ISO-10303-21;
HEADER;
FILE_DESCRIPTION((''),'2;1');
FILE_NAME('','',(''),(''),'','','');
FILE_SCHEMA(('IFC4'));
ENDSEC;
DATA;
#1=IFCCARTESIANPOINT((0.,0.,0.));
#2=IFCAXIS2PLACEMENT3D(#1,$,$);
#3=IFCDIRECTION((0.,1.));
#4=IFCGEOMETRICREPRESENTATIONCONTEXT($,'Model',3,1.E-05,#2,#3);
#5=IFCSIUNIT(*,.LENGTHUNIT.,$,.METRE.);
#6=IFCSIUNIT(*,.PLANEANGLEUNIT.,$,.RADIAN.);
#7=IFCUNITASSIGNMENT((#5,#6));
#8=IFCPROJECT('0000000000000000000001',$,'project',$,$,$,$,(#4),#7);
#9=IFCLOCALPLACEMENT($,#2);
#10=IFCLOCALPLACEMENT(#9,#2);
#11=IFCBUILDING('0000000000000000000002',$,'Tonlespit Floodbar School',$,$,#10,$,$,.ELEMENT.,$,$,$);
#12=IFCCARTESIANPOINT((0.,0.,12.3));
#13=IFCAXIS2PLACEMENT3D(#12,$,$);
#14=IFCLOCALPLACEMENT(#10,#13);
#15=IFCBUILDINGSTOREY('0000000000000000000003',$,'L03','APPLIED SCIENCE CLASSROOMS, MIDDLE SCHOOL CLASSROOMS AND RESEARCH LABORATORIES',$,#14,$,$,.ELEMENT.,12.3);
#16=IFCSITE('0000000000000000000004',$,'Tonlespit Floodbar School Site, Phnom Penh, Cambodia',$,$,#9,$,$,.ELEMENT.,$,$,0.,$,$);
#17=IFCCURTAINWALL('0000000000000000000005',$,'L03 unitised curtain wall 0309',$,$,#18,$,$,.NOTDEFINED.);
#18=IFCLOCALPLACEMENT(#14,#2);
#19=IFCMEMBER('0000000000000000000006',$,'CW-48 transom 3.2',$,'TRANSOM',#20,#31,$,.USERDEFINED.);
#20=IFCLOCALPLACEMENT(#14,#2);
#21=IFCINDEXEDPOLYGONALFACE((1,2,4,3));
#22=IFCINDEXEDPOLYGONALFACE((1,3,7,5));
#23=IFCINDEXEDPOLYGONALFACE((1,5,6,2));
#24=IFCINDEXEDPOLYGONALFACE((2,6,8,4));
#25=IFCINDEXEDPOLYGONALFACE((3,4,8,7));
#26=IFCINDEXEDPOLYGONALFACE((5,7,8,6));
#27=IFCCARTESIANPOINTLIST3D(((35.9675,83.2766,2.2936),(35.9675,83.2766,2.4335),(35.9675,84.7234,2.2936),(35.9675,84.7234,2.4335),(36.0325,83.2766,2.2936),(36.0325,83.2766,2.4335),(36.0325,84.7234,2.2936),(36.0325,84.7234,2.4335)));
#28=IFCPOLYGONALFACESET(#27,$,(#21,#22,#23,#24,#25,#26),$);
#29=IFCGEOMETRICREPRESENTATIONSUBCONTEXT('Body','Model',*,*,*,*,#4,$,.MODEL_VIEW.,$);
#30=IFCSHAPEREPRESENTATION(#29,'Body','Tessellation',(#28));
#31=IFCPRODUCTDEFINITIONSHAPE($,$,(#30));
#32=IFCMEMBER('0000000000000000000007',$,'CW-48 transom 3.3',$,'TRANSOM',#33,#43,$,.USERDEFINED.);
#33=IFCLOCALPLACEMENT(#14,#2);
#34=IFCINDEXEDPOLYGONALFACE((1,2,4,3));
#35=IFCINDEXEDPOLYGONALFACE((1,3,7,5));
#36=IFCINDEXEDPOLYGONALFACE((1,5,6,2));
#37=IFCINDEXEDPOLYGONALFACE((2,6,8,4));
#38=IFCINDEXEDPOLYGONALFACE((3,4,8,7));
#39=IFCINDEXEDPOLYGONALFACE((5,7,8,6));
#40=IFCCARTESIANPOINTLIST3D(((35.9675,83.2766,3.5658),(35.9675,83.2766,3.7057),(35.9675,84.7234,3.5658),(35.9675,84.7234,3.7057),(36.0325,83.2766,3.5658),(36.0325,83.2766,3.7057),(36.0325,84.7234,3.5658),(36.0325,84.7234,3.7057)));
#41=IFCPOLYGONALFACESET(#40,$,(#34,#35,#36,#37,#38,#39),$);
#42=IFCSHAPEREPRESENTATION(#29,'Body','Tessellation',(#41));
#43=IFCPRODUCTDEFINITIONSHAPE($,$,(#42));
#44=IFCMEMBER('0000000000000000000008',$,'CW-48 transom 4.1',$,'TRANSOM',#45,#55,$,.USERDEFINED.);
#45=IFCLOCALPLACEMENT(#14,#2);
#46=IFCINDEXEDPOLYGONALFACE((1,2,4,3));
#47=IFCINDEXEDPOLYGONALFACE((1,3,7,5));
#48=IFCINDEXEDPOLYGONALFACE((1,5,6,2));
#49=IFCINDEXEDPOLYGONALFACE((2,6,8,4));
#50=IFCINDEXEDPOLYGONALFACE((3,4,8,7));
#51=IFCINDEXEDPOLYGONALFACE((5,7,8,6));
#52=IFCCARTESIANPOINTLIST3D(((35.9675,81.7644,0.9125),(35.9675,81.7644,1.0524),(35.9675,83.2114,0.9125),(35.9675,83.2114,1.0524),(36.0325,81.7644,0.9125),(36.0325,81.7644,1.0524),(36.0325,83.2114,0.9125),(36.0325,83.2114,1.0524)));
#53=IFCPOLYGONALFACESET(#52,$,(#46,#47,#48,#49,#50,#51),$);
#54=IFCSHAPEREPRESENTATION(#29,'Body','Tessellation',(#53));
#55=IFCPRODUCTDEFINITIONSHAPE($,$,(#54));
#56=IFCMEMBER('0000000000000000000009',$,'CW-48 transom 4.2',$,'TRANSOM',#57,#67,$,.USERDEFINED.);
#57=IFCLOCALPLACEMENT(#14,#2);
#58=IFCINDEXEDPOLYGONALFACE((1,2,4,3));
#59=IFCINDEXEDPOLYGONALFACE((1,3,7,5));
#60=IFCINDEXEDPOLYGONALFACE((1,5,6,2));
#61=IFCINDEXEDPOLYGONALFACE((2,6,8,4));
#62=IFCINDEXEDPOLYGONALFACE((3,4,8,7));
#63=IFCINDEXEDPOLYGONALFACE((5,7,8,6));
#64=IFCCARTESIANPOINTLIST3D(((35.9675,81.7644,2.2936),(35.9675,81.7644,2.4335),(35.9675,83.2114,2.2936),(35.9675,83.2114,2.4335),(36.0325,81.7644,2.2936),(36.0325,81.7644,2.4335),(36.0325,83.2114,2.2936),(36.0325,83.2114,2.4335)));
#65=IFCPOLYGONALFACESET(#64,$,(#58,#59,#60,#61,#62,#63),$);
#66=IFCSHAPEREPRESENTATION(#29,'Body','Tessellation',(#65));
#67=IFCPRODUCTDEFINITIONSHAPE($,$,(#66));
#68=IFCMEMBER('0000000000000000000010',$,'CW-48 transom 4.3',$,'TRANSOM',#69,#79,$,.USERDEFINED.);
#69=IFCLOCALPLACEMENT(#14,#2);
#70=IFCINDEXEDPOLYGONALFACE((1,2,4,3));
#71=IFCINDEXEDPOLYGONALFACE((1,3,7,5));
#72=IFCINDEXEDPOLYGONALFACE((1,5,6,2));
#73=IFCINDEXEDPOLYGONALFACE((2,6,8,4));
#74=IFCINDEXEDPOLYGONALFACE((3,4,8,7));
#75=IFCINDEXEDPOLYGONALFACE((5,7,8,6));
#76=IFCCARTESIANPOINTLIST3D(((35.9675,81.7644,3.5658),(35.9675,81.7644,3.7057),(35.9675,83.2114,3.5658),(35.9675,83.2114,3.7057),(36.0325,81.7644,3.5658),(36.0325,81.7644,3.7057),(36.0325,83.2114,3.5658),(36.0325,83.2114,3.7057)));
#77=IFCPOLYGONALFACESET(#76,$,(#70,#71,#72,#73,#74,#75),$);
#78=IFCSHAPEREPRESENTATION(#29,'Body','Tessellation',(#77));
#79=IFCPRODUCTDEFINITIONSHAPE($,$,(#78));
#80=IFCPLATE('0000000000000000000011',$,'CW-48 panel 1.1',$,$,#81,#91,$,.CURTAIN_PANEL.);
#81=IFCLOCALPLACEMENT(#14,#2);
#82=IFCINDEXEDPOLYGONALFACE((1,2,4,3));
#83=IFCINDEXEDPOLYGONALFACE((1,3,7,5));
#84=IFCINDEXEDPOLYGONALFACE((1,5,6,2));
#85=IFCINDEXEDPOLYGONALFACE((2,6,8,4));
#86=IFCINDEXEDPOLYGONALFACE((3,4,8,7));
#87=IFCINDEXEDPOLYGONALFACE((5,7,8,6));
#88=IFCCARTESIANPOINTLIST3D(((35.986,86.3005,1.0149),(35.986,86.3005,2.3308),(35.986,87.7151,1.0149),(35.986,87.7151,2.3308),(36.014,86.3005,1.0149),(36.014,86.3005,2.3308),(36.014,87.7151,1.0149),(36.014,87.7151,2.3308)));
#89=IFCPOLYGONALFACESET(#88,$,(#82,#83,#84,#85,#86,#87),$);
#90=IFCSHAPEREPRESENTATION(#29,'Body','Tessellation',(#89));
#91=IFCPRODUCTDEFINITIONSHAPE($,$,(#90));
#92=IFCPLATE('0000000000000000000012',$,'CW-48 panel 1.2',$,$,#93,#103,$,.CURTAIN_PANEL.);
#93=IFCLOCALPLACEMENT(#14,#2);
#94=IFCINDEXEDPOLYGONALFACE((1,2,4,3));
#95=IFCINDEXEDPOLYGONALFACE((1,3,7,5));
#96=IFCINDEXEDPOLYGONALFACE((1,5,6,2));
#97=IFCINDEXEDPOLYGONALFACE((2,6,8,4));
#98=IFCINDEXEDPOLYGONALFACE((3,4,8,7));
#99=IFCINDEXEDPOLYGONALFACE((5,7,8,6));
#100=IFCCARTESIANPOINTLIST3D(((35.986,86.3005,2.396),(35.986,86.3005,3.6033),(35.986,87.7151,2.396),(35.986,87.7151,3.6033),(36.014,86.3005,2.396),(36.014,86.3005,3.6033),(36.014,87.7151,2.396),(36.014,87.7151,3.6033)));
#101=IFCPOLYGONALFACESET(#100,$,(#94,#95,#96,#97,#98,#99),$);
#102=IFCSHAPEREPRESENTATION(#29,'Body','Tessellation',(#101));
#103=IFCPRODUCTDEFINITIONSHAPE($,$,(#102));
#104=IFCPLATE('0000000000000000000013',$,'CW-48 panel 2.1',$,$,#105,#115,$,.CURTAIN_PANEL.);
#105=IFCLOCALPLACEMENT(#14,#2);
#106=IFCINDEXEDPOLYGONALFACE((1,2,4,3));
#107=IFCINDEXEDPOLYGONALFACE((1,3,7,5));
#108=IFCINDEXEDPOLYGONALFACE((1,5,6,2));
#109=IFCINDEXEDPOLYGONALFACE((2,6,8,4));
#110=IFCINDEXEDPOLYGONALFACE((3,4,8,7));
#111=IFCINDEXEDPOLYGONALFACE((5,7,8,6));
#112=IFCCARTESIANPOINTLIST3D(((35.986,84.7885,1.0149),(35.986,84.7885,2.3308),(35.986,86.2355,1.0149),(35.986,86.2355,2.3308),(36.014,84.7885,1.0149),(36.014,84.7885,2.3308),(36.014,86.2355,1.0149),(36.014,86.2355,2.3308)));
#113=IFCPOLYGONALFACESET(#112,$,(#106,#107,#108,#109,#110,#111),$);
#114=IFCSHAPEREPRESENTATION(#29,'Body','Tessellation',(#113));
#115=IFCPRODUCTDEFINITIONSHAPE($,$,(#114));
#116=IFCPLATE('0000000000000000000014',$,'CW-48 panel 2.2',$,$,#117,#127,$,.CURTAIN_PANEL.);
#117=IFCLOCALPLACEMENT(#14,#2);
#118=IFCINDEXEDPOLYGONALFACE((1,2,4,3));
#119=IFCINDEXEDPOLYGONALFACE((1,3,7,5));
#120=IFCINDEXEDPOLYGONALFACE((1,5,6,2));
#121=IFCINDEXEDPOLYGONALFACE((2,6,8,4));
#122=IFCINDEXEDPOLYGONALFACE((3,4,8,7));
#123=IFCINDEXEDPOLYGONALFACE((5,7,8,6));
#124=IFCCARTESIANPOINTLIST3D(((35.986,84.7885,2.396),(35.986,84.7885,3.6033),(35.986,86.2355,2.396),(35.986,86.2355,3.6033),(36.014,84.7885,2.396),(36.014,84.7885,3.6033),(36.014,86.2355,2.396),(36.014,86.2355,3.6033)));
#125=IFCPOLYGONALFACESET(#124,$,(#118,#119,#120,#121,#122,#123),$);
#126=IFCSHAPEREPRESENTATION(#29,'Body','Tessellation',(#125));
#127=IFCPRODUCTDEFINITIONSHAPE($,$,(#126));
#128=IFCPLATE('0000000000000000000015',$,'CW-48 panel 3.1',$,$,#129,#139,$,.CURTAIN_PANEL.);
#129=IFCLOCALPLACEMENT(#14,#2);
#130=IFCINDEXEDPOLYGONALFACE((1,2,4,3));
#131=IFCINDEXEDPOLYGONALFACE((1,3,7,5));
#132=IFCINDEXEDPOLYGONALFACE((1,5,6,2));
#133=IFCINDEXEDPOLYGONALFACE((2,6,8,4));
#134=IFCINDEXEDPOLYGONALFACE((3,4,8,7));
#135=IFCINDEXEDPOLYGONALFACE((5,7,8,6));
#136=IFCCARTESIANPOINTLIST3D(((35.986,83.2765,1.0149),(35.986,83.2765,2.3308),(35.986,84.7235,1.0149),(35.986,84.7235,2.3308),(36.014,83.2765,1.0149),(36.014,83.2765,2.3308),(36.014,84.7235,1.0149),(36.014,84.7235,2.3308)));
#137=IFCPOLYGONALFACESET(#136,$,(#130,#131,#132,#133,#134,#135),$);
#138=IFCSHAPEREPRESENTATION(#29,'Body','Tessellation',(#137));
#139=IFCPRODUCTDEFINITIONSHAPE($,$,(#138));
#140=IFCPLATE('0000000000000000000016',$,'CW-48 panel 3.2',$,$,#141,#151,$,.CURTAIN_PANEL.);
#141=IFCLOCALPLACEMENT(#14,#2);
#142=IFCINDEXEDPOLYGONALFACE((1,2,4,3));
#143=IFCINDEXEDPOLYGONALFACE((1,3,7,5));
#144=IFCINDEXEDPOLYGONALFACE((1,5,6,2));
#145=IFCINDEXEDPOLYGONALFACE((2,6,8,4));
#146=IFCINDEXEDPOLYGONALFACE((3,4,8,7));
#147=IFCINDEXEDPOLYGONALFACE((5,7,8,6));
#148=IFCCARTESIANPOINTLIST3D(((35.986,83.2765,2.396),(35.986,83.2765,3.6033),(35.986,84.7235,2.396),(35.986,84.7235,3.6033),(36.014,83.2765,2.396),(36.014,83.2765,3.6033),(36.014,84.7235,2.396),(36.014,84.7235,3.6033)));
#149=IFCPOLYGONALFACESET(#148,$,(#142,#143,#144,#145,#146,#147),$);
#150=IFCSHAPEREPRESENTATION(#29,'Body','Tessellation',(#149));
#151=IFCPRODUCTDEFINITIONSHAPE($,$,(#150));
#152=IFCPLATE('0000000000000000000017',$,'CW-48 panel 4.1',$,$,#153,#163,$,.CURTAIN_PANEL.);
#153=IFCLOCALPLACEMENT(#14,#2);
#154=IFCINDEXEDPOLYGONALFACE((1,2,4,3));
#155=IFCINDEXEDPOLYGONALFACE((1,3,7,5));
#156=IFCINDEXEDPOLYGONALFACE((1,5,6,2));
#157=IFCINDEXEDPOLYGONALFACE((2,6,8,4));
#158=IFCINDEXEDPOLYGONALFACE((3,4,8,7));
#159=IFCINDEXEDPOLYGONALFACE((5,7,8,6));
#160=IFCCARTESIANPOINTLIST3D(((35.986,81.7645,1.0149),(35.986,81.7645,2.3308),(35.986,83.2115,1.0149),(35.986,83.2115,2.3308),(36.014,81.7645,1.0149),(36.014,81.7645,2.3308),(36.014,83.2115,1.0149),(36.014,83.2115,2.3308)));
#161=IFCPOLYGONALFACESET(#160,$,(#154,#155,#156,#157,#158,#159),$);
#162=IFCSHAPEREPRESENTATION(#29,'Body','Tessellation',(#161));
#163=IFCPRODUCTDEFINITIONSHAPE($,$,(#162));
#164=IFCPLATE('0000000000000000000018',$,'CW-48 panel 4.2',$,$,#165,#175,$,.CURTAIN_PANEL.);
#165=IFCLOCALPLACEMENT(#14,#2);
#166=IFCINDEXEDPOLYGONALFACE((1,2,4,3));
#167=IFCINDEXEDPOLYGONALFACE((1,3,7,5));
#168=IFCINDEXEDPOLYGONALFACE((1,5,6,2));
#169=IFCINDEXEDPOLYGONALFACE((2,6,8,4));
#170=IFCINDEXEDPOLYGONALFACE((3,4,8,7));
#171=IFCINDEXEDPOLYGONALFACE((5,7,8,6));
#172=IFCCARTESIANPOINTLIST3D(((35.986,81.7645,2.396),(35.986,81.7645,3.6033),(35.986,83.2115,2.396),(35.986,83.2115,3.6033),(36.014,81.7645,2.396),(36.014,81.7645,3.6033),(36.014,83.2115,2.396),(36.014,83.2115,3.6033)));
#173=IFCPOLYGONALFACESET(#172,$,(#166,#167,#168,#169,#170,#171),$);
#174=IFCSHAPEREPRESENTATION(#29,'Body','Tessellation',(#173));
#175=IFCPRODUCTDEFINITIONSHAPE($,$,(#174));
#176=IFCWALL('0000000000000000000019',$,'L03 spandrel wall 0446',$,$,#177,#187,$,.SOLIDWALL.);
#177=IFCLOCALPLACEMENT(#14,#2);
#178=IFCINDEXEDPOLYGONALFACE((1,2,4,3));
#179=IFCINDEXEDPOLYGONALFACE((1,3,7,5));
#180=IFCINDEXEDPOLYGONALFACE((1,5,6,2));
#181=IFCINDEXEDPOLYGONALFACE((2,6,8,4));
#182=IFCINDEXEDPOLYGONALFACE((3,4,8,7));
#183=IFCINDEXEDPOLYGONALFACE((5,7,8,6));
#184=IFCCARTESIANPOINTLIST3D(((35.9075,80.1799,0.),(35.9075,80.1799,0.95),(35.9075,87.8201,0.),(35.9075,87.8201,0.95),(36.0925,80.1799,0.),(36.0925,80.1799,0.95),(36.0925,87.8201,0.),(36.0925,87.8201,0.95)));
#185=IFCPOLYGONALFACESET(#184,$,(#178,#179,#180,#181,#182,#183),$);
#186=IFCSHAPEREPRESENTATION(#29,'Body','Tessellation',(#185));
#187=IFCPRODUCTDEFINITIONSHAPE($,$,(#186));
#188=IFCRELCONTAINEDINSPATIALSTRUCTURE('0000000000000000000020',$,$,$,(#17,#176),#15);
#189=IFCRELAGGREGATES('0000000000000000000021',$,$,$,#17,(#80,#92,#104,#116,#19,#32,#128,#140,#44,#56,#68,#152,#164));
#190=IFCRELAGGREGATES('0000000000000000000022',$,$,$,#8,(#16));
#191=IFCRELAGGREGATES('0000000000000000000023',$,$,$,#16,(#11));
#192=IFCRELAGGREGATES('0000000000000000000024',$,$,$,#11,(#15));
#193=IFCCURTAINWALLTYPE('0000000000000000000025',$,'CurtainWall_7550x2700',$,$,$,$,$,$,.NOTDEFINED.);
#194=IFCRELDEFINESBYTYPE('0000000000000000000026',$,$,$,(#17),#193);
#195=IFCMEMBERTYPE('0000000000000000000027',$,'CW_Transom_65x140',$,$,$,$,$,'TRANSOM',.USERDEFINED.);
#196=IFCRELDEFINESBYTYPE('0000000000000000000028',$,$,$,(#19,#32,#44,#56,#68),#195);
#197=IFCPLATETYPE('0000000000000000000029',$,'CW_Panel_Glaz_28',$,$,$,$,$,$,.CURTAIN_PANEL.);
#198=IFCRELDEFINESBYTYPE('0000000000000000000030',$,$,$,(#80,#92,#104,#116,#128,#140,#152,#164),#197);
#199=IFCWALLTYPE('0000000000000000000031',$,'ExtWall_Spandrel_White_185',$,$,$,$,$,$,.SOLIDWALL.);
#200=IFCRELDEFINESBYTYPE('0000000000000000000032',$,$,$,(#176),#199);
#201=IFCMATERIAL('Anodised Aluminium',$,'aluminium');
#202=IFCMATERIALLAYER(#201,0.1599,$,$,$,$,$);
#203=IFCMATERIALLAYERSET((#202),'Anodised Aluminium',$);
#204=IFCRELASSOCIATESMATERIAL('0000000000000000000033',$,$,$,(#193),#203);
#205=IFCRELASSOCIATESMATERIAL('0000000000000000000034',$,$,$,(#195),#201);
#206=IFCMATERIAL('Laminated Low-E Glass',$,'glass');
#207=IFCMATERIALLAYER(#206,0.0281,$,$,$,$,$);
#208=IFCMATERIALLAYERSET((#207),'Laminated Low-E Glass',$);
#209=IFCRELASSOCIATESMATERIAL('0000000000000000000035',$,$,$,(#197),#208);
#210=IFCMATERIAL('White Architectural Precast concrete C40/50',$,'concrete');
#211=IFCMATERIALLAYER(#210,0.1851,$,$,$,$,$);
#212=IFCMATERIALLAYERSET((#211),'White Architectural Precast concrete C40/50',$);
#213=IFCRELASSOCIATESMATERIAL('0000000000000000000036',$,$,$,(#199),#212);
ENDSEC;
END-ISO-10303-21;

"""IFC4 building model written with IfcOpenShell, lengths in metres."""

from ifc_helpers import new_model, si_unit, direction, frame, frame_2d, origin, origin_2d, place, context, subcontext, project, spatial, rectangle, extrude, material, layer, layer_set, material_profile, profile_set, type_object, element, aggregate, save


model = new_model("IFC4")

# Units and contexts
model_context = context("Model", 3, precision=1e-05, world=origin(), true_north=direction((0.0, 1.0)))
body_context = subcontext(model_context, "Body", "Model", "MODEL_VIEW")
ifc_project = project(units=[si_unit("LENGTHUNIT", "METRE"), si_unit("PLANEANGLEUNIT", "RADIAN")], contexts=[model_context])

# Site, building, storey
site_placement = place(None, origin())
site = spatial("IfcSite", under=ifc_project, at=site_placement, Name="Tonlespit Floodbar School Site, Phnom Penh, Cambodia", CompositionType="ELEMENT", RefElevation=0.0)
building_placement = place(site_placement, origin())
building = spatial("IfcBuilding", under=site, at=building_placement, Name="Tonlespit Floodbar School", CompositionType="ELEMENT")
storey_placement = place(building_placement, frame((0.0, 0.0, 12.3)))
storey = spatial("IfcBuildingStorey", under=building, at=storey_placement, Name="L03", Description="APPLIED SCIENCE CLASSROOMS, MIDDLE SCHOOL CLASSROOMS AND RESEARCH LABORATORIES", CompositionType="ELEMENT", Elevation=12.3)

# Curtain wall, members, plates
ifc_material_1 = material(Name="Anodised Aluminium", Category="aluminium")
ifc_layer_1 = layer(ifc_material_1, 0.1599)
ifc_layer_set_1 = layer_set([ifc_layer_1], Name="Anodised Aluminium")
curtain_wall_type = type_object("IfcCurtainWallType", Name="CurtainWall_7550x2700", PredefinedType="NOTDEFINED", material=ifc_layer_set_1)
curtain_wall_placement = place(storey_placement, origin())
curtain_wall = element("IfcCurtainWall", 1, at=curtain_wall_placement, inside=storey, type_object=curtain_wall_type, Name="L03 unitised curtain wall 0309", PredefinedType="NOTDEFINED")
ifc_material_profile_1 = material_profile(ifc_material_1, rectangle(XDim=0.0649, YDim=0.1399, at=origin_2d()), Name="ALU T65x140")
ifc_profile_set_1 = profile_set([ifc_material_profile_1], Name="Anodised Aluminium")
member_type_1 = type_object("IfcMemberType", Name="CW_Transom_65x140", ElementType="TRANSOM", PredefinedType="USERDEFINED", material=ifc_profile_set_1)
member_1_placement = place(storey_placement, frame((36.0, 84.7234, 2.3635), z_axis=(0.0, -1.0, 0.0), x_axis=(1.0, 0.0, 0.0)))
member_1 = element("IfcMember", 2, at=member_1_placement, type_object=member_type_1, Name="CW-48 transom 3.2", ObjectType="TRANSOM", PredefinedType="USERDEFINED", context=body_context, shape_type="SweptSolid", body=[
    extrude(rectangle(XDim=0.0649, YDim=0.1399, at=origin_2d()), origin(), (0.0, 0.0, 1.0), 1.4468),
])
member_2_placement = place(storey_placement, frame((36.0, 84.7234, 3.6357), z_axis=(0.0, -1.0, 0.0), x_axis=(1.0, 0.0, 0.0)))
member_2 = element("IfcMember", 3, at=member_2_placement, type_object=member_type_1, Name="CW-48 transom 3.3", ObjectType="TRANSOM", PredefinedType="USERDEFINED", context=body_context, shape_type="SweptSolid", body=[
    extrude(rectangle(XDim=0.0649, YDim=0.1399, at=origin_2d()), origin(), (0.0, 0.0, 1.0), 1.4468),
])
member_3_placement = place(storey_placement, frame((36.0, 83.2114, 0.9824), z_axis=(0.0, -1.0, 0.0), x_axis=(1.0, 0.0, 0.0)))
member_3 = element("IfcMember", 4, at=member_3_placement, type_object=member_type_1, Name="CW-48 transom 4.1", ObjectType="TRANSOM", PredefinedType="USERDEFINED", context=body_context, shape_type="SweptSolid", body=[
    extrude(rectangle(XDim=0.0649, YDim=0.1399, at=origin_2d()), origin(), (0.0, 0.0, 1.0), 1.447),
])
member_4_placement = place(storey_placement, frame((36.0, 83.2114, 2.3635), z_axis=(0.0, -1.0, 0.0), x_axis=(1.0, 0.0, 0.0)))
member_4 = element("IfcMember", 5, at=member_4_placement, type_object=member_type_1, Name="CW-48 transom 4.2", ObjectType="TRANSOM", PredefinedType="USERDEFINED", context=body_context, shape_type="SweptSolid", body=[
    extrude(rectangle(XDim=0.0649, YDim=0.1399, at=origin_2d()), origin(), (0.0, 0.0, 1.0), 1.447),
])
member_5_placement = place(storey_placement, frame((36.0, 83.2114, 3.6357), z_axis=(0.0, -1.0, 0.0), x_axis=(1.0, 0.0, 0.0)))
member_5 = element("IfcMember", 6, at=member_5_placement, type_object=member_type_1, Name="CW-48 transom 4.3", ObjectType="TRANSOM", PredefinedType="USERDEFINED", context=body_context, shape_type="SweptSolid", body=[
    extrude(rectangle(XDim=0.0649, YDim=0.1399, at=origin_2d()), origin(), (0.0, 0.0, 1.0), 1.447),
])
ifc_material_2 = material(Name="Laminated Low-E Glass", Category="glass")
ifc_layer_2 = layer(ifc_material_2, 0.0281)
ifc_layer_set_2 = layer_set([ifc_layer_2], Name="Laminated Low-E Glass")
plate_type = type_object("IfcPlateType", Name="CW_Panel_Glaz_28", PredefinedType="CURTAIN_PANEL", material=ifc_layer_set_2)
plate_1_placement = place(storey_placement, frame((36.0, 87.0078, 1.0149), z_axis=(0.0, 0.0, 1.0), x_axis=(0.0, -1.0, 0.0)))
plate_1 = element("IfcPlate", 7, at=plate_1_placement, type_object=plate_type, Name="CW-48 panel 1.1", PredefinedType="CURTAIN_PANEL", context=body_context, shape_type="SweptSolid", body=[
    extrude(rectangle(XDim=1.4146, YDim=0.0281, at=origin_2d()), origin(), (0.0, 0.0, 1.0), 1.3159),
])
plate_2_placement = place(storey_placement, frame((36.0, 87.0078, 2.396), z_axis=(0.0, 0.0, 1.0), x_axis=(0.0, -1.0, 0.0)))
plate_2 = element("IfcPlate", 8, at=plate_2_placement, type_object=plate_type, Name="CW-48 panel 1.2", PredefinedType="CURTAIN_PANEL", context=body_context, shape_type="SweptSolid", body=[
    extrude(rectangle(XDim=1.4146, YDim=0.0281, at=origin_2d()), origin(), (0.0, 0.0, 1.0), 1.2073),
])
plate_3_placement = place(storey_placement, frame((36.0, 85.512, 1.0149), z_axis=(0.0, 0.0, 1.0), x_axis=(0.0, -1.0, 0.0)))
plate_3 = element("IfcPlate", 9, at=plate_3_placement, type_object=plate_type, Name="CW-48 panel 2.1", PredefinedType="CURTAIN_PANEL", context=body_context, shape_type="SweptSolid", body=[
    extrude(rectangle(XDim=1.447, YDim=0.0281, at=origin_2d()), origin(), (0.0, 0.0, 1.0), 1.3159),
])
plate_4_placement = place(storey_placement, frame((36.0, 85.512, 2.396), z_axis=(0.0, 0.0, 1.0), x_axis=(0.0, -1.0, 0.0)))
plate_4 = element("IfcPlate", 10, at=plate_4_placement, type_object=plate_type, Name="CW-48 panel 2.2", PredefinedType="CURTAIN_PANEL", context=body_context, shape_type="SweptSolid", body=[
    extrude(rectangle(XDim=1.447, YDim=0.0281, at=origin_2d()), origin(), (0.0, 0.0, 1.0), 1.2073),
])
plate_5_placement = place(storey_placement, frame((36.0, 84.0, 1.0149), z_axis=(0.0, 0.0, 1.0), x_axis=(0.0, -1.0, 0.0)))
plate_5 = element("IfcPlate", 11, at=plate_5_placement, type_object=plate_type, Name="CW-48 panel 3.1", PredefinedType="CURTAIN_PANEL", context=body_context, shape_type="SweptSolid", body=[
    extrude(rectangle(XDim=1.447, YDim=0.0281, at=origin_2d()), origin(), (0.0, 0.0, 1.0), 1.3159),
])
plate_6_placement = place(storey_placement, frame((36.0, 84.0, 2.396), z_axis=(0.0, 0.0, 1.0), x_axis=(0.0, -1.0, 0.0)))
plate_6 = element("IfcPlate", 12, at=plate_6_placement, type_object=plate_type, Name="CW-48 panel 3.2", PredefinedType="CURTAIN_PANEL", context=body_context, shape_type="SweptSolid", body=[
    extrude(rectangle(XDim=1.447, YDim=0.0281, at=origin_2d()), origin(), (0.0, 0.0, 1.0), 1.2073),
])
plate_7_placement = place(storey_placement, frame((36.0, 82.488, 1.0149), z_axis=(0.0, 0.0, 1.0), x_axis=(0.0, -1.0, 0.0)))
plate_7 = element("IfcPlate", 13, at=plate_7_placement, type_object=plate_type, Name="CW-48 panel 4.1", PredefinedType="CURTAIN_PANEL", context=body_context, shape_type="SweptSolid", body=[
    extrude(rectangle(XDim=1.447, YDim=0.0281, at=origin_2d()), origin(), (0.0, 0.0, 1.0), 1.3159),
])
plate_8_placement = place(storey_placement, frame((36.0, 82.488, 2.396), z_axis=(0.0, 0.0, 1.0), x_axis=(0.0, -1.0, 0.0)))
plate_8 = element("IfcPlate", 14, at=plate_8_placement, type_object=plate_type, Name="CW-48 panel 4.2", PredefinedType="CURTAIN_PANEL", context=body_context, shape_type="SweptSolid", body=[
    extrude(rectangle(XDim=1.447, YDim=0.0281, at=origin_2d()), origin(), (0.0, 0.0, 1.0), 1.2073),
])
aggregate(curtain_wall, [plate_1, plate_2, plate_3, plate_4, member_1, member_2, plate_5, plate_6, member_3, member_4, member_5, plate_7, plate_8])

# Wall
ifc_material_3 = material(Name="White Architectural Precast concrete C40/50", Category="concrete")
ifc_layer_3 = layer(ifc_material_3, 0.1851)
ifc_layer_set_3 = layer_set([ifc_layer_3], Name="White Architectural Precast concrete C40/50")
wall_type = type_object("IfcWallType", Name="ExtWall_Spandrel_White_185", PredefinedType="SOLIDWALL", material=ifc_layer_set_3)
wall_placement = place(storey_placement, frame((36.0, 87.8201, 0.0), z_axis=(0.0, 0.0, 1.0), x_axis=(0.0, -1.0, 0.0)))
element("IfcWall", 15, at=wall_placement, inside=storey, type_object=wall_type, Name="L03 spandrel wall 0446", PredefinedType="SOLIDWALL", context=body_context, shape_type="SweptSolid", body=[
    extrude(rectangle(XDim=7.6401, YDim=0.1851, at=frame_2d((3.8201, 0.0))), origin(), (0.0, 0.0, 1.0), 0.95),
])

save(model, "model.ifc")
